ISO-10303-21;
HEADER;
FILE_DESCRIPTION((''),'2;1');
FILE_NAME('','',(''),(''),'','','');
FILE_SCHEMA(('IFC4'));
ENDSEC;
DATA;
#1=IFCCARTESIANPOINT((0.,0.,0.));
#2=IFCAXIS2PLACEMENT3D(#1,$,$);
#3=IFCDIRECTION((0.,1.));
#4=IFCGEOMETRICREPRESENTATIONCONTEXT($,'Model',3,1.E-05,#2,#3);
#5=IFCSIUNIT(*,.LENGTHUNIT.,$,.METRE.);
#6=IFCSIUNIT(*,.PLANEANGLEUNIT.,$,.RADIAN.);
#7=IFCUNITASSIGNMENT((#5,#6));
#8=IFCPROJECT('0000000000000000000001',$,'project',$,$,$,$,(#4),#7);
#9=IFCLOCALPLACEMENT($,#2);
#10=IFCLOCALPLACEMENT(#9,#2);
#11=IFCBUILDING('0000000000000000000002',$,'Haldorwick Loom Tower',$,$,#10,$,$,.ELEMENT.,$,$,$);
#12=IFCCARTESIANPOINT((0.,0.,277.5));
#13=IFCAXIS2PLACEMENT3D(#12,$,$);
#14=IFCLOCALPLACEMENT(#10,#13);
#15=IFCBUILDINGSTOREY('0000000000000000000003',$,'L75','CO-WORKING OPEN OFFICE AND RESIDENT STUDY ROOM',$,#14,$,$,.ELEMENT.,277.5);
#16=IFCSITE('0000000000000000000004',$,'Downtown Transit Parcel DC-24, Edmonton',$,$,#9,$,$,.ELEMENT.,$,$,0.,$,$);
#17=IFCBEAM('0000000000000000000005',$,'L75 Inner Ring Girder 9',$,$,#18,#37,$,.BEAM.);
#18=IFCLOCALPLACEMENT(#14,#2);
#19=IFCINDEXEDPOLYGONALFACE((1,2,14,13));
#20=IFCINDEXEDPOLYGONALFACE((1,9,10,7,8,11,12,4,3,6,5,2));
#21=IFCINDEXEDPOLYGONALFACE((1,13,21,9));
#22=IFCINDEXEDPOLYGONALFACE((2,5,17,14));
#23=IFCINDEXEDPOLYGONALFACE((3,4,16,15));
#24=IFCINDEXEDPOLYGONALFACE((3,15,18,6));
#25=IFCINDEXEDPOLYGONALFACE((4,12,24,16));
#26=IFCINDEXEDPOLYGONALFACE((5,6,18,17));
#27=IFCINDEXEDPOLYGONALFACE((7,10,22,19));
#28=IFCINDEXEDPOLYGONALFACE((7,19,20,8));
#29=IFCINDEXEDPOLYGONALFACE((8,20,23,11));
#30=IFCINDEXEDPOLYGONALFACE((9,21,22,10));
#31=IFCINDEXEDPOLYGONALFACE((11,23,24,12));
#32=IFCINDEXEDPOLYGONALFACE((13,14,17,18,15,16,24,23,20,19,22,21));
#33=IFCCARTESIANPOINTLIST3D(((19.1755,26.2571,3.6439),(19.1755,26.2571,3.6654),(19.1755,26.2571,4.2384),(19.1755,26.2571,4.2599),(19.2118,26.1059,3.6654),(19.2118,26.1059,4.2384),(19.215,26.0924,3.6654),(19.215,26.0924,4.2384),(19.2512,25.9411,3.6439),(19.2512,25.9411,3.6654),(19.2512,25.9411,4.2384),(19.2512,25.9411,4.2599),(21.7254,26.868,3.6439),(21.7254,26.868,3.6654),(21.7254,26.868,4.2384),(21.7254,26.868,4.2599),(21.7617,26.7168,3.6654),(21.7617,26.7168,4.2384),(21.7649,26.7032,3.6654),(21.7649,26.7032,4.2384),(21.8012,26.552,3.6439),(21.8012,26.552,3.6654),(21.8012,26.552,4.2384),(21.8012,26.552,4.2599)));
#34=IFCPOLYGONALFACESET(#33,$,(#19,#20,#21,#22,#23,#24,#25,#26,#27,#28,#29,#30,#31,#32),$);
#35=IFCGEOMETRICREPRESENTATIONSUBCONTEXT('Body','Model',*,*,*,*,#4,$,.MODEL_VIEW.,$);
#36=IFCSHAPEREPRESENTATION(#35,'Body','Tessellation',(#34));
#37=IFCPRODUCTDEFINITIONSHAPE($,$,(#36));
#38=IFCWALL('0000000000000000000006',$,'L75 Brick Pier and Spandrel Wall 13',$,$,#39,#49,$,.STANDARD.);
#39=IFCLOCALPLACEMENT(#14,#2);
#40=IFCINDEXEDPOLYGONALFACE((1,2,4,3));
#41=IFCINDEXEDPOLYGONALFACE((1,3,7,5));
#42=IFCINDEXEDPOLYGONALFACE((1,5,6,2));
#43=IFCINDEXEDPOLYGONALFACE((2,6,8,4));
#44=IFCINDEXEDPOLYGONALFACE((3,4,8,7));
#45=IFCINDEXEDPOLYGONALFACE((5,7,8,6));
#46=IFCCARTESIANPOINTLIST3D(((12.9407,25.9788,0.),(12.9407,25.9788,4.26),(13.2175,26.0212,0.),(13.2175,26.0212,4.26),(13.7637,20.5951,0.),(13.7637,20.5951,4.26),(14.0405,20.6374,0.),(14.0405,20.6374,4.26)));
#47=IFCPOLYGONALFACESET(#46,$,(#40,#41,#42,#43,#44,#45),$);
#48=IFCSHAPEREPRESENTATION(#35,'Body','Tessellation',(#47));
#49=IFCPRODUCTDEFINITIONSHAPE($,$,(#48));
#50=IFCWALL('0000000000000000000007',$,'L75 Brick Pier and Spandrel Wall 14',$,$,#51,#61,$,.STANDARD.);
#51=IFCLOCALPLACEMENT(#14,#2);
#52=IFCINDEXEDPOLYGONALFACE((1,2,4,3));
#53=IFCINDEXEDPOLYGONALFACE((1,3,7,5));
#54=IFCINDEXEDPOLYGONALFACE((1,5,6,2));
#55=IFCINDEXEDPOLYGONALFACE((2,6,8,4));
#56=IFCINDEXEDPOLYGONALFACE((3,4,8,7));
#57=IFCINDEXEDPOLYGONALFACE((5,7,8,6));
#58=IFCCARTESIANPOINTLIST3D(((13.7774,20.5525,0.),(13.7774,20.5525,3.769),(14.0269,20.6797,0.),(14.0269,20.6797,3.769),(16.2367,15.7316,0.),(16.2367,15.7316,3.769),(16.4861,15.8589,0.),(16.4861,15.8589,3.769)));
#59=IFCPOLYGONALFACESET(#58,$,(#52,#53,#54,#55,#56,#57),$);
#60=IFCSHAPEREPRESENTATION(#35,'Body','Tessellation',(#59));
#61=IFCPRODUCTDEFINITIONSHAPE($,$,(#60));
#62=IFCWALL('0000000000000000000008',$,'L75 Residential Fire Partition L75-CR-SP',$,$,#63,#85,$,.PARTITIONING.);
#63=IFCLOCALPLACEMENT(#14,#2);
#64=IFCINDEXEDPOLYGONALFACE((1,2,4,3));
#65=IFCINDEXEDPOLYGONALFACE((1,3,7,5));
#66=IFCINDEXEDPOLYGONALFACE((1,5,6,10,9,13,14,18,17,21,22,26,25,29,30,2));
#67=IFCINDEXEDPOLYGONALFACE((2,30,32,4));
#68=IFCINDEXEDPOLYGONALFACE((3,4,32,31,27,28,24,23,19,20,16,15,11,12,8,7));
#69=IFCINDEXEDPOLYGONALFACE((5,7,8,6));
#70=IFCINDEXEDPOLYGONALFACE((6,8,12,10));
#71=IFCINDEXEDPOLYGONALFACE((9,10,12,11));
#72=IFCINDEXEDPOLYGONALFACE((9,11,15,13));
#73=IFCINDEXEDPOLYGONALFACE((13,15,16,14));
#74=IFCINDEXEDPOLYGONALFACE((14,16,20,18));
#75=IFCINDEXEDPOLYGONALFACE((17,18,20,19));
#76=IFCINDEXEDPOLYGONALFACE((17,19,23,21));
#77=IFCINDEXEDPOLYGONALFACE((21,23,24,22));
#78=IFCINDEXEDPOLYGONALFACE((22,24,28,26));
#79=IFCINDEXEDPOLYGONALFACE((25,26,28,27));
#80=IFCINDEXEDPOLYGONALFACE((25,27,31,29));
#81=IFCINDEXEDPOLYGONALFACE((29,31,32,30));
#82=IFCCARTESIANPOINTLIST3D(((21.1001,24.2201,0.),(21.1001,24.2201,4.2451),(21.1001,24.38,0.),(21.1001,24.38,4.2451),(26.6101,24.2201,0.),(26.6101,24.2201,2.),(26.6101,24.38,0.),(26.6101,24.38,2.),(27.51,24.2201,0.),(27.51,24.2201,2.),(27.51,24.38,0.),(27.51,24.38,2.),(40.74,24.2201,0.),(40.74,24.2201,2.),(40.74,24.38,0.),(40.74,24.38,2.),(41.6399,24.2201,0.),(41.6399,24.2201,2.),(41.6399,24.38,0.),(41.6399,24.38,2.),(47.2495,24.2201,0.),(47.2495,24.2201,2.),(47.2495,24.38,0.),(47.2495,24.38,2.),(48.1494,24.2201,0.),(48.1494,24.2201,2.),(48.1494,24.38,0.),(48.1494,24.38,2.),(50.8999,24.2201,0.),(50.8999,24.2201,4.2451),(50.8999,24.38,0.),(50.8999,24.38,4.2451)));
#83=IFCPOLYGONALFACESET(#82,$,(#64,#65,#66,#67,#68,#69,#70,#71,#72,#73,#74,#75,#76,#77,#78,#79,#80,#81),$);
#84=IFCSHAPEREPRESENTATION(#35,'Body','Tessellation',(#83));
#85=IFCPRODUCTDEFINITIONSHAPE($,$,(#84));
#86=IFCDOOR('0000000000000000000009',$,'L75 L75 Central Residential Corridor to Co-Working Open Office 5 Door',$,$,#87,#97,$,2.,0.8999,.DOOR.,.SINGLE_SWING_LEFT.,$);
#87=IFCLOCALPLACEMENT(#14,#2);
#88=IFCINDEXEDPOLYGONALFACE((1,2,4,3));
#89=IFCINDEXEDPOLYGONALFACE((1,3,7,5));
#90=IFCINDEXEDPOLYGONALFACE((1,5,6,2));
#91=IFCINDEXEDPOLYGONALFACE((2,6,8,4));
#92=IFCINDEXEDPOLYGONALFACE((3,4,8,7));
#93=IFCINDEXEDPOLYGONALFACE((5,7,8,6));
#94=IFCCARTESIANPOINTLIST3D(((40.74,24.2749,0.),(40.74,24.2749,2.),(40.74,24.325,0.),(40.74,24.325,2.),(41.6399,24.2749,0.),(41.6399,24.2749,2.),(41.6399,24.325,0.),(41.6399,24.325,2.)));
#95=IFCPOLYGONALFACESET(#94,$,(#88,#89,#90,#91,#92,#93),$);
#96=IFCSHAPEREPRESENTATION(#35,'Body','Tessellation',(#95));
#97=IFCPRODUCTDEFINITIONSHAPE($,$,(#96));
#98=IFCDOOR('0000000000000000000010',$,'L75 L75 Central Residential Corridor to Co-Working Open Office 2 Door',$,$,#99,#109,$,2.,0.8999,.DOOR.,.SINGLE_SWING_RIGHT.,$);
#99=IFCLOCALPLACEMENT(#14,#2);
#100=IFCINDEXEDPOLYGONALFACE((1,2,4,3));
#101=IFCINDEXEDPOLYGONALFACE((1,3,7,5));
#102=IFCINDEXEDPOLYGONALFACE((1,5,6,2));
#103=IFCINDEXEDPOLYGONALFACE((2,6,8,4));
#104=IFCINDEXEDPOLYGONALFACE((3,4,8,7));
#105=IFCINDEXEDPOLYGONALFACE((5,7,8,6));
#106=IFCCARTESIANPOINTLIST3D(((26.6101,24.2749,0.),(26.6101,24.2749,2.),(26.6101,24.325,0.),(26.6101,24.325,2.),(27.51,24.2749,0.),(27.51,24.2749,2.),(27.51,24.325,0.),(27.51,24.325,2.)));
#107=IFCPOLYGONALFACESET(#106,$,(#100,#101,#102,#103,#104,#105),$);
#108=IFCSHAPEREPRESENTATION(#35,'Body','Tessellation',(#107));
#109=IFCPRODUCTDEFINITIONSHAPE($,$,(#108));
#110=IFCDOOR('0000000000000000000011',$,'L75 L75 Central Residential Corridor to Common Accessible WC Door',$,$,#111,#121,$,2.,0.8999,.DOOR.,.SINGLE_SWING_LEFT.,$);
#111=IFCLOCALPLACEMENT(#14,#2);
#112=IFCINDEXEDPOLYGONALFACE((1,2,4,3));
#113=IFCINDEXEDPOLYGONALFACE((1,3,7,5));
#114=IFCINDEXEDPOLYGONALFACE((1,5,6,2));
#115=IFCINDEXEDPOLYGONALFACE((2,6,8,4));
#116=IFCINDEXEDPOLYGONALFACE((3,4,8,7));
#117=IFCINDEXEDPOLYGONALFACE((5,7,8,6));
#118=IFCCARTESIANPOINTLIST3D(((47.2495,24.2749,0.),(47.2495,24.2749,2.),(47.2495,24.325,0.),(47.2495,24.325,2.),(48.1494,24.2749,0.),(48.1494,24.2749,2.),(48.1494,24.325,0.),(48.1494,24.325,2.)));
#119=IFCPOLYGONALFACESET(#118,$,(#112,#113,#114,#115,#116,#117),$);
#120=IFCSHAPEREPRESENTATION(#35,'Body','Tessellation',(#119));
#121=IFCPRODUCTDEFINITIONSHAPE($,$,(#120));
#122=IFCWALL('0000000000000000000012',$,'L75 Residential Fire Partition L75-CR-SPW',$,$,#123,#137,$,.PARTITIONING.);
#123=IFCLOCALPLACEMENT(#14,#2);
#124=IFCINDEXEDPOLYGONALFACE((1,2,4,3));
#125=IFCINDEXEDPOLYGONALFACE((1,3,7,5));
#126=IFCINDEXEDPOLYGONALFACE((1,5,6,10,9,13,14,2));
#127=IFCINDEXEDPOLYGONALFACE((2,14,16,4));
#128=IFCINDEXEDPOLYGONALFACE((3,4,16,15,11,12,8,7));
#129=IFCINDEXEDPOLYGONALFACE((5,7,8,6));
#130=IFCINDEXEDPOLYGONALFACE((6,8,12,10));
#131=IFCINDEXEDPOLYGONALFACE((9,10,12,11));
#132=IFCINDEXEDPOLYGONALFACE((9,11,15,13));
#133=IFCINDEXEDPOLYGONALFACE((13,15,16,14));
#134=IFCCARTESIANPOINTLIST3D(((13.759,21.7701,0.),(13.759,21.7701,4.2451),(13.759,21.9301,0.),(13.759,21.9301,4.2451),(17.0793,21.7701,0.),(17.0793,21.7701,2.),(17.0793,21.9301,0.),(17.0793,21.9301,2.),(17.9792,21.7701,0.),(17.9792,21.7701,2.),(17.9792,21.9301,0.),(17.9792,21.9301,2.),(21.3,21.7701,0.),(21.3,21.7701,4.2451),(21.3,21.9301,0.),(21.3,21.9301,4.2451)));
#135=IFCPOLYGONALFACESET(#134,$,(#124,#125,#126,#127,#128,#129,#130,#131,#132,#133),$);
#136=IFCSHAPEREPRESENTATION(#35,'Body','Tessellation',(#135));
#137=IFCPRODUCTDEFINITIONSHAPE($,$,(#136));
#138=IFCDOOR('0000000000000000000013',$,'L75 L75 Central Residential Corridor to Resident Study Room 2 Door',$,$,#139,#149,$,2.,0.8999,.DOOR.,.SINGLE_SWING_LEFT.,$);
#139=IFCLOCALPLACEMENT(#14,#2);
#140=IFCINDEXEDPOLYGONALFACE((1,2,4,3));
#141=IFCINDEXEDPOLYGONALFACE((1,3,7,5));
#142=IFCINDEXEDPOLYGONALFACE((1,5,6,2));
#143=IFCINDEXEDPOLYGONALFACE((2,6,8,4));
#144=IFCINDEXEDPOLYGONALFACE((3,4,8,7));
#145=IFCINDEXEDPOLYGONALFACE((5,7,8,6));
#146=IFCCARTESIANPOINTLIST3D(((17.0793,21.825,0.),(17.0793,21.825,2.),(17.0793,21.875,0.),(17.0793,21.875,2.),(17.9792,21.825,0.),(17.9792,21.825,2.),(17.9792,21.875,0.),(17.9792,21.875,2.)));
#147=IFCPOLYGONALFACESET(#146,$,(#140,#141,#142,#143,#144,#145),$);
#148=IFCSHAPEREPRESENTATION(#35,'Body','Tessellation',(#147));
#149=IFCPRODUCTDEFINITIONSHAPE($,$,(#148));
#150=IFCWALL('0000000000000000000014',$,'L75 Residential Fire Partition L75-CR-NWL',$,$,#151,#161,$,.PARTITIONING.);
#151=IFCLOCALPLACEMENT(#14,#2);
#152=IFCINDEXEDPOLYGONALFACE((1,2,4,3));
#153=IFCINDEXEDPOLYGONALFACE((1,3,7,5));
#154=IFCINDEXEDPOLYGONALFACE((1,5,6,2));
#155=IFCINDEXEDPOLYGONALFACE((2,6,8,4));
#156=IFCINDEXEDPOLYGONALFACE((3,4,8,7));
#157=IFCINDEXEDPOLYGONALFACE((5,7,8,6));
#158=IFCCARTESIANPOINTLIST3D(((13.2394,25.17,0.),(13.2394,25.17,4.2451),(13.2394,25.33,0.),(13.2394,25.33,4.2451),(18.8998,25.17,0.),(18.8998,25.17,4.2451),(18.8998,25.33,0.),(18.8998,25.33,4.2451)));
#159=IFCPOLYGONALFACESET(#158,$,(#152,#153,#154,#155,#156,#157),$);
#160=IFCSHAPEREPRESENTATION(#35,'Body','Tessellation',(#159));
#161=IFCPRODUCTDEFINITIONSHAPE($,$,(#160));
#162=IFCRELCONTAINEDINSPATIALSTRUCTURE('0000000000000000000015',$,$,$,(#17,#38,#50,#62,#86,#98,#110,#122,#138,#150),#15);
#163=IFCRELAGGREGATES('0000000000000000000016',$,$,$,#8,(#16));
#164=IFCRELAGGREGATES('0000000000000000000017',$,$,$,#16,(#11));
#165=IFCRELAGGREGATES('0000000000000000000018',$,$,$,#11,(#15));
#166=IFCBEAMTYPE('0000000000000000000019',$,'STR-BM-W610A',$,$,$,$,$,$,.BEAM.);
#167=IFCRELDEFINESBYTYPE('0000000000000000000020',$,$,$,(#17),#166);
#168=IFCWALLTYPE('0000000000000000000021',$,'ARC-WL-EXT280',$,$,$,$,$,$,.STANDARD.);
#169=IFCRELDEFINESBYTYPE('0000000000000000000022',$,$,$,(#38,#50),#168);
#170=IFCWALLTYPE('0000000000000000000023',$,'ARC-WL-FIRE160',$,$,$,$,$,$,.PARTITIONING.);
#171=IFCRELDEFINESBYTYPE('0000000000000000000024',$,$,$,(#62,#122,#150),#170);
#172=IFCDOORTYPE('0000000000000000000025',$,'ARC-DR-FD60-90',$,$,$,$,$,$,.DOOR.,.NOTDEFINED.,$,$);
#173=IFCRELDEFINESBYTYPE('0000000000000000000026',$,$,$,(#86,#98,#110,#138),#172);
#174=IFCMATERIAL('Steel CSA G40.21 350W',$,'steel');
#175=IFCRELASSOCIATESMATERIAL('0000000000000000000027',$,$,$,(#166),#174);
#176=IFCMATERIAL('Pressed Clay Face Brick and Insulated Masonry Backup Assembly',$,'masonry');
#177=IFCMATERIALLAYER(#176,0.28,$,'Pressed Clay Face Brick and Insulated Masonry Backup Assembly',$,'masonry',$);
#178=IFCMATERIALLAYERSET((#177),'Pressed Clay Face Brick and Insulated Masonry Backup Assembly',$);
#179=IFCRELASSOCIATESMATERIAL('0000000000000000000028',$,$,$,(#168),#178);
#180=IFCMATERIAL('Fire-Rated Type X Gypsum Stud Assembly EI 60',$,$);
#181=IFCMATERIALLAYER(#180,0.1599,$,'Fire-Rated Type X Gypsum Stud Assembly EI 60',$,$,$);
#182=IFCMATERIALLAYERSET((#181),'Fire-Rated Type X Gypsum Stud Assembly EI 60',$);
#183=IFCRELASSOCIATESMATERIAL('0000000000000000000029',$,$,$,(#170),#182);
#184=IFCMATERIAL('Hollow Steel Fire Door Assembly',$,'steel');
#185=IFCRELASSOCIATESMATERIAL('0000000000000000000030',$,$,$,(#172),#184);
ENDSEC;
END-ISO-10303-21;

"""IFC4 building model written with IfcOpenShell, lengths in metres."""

from ifc_helpers import new_model, si_unit, direction, frame, frame_2d, origin, origin_2d, place, context, subcontext, project, spatial, rectangle, i_section, extrude, material, layer, layer_set, material_profile, profile_set, type_object, element, fill, save


model = new_model("IFC4")

# Units and contexts
model_context = context("Model", 3, precision=1e-05, world=origin(), true_north=direction((0.0, 1.0)))
body_context = subcontext(model_context, "Body", "Model", "MODEL_VIEW")
ifc_project = project(units=[si_unit("LENGTHUNIT", "METRE"), si_unit("PLANEANGLEUNIT", "RADIAN")], contexts=[model_context])

# Site, building, storey
site_placement = place(None, origin())
site = spatial("IfcSite", under=ifc_project, at=site_placement, Name="Downtown Transit Parcel DC-24, Edmonton", CompositionType="ELEMENT", RefElevation=0.0)
building_placement = place(site_placement, origin())
building = spatial("IfcBuilding", under=site, at=building_placement, Name="Haldorwick Loom Tower", CompositionType="ELEMENT")
storey_placement = place(building_placement, frame((0.0, 0.0, 277.5)))
storey = spatial("IfcBuildingStorey", under=building, at=storey_placement, Name="L75", Description="CO-WORKING OPEN OFFICE AND RESIDENT STUDY ROOM", CompositionType="ELEMENT", Elevation=277.5)

# Beam
ifc_material_1 = material(Name="Steel CSA G40.21 350W", Category="steel")
ifc_material_profile_1 = material_profile(ifc_material_1, i_section(OverallWidth=0.325, OverallDepth=0.616, WebThickness=0.0139, FlangeThickness=0.0215, at=origin_2d()), Name="W610X174", Category="steel")
ifc_profile_set_1 = profile_set([ifc_material_profile_1], Name="Steel CSA G40.21 350W")
beam_type_1 = type_object("IfcBeamType", Name="STR-BM-W610A", PredefinedType="BEAM", material=ifc_profile_set_1)
beam_1_placement = place(storey_placement, frame((19.2134, 26.0991, 3.9519), z_axis=(0.972484, 0.232971, 0.0), x_axis=(-0.232971, 0.972484, 0.0)))
element("IfcBeam", 1, at=beam_1_placement, inside=storey, type_object=beam_type_1, Name="L75 Inner Ring Girder 9", PredefinedType="BEAM", context=body_context, shape_type="SweptSolid", body=[
    extrude(i_section(OverallWidth=0.325, OverallDepth=0.616, WebThickness=0.0139, FlangeThickness=0.0215, at=origin_2d()), origin(), (0.0, 0.0, 1.0), 2.6221),
])

# Walls
ifc_material_2 = material(Name="Pressed Clay Face Brick and Insulated Masonry Backup Assembly", Category="masonry")
ifc_layer_1 = layer(ifc_material_2, 0.28, Name="Pressed Clay Face Brick and Insulated Masonry Backup Assembly", Category="masonry")
ifc_layer_set_1 = layer_set([ifc_layer_1], Name="Pressed Clay Face Brick and Insulated Masonry Backup Assembly")
wall_type_1 = type_object("IfcWallType", Name="ARC-WL-EXT280", PredefinedType="STANDARD", material=ifc_layer_set_1)
wall_1_placement = place(storey_placement, frame((13.0791, 26.0, 0.0), z_axis=(0.0, 0.0, 1.0), x_axis=(0.151111, -0.988517, 0.0)))
element("IfcWall", 2, at=wall_1_placement, inside=storey, type_object=wall_type_1, Name="L75 Brick Pier and Spandrel Wall 13", PredefinedType="STANDARD", context=body_context, shape_type="SweptSolid", body=[
    extrude(rectangle(XDim=5.4463, YDim=0.28, at=frame_2d((2.7231, 0.0))), origin(), (0.0, 0.0, 1.0), 4.26),
])
wall_2_placement = place(storey_placement, frame((13.9021, 20.6162, 0.0), z_axis=(0.0, 0.0, 1.0), x_axis=(0.454417, -0.890789, 0.0)))
element("IfcWall", 3, at=wall_2_placement, inside=storey, type_object=wall_type_1, Name="L75 Brick Pier and Spandrel Wall 14", PredefinedType="STANDARD", context=body_context, shape_type="SweptSolid", body=[
    extrude(rectangle(XDim=5.4119, YDim=0.28, at=frame_2d((2.7061, 0.0))), origin(), (0.0, 0.0, 1.0), 3.769),
])

# Wall, openings, doors
ifc_material_3 = material(Name="Fire-Rated Type X Gypsum Stud Assembly EI 60")
ifc_layer_2 = layer(ifc_material_3, 0.1599, Name="Fire-Rated Type X Gypsum Stud Assembly EI 60")
ifc_layer_set_2 = layer_set([ifc_layer_2], Name="Fire-Rated Type X Gypsum Stud Assembly EI 60")
wall_type_2 = type_object("IfcWallType", Name="ARC-WL-FIRE160", PredefinedType="PARTITIONING", material=ifc_layer_set_2)
wall_3_placement = place(storey_placement, frame((21.1001, 24.3, 0.0), z_axis=(0.0, 0.0, 1.0), x_axis=(1.0, 0.0, 0.0)))
wall_3 = element("IfcWall", 4, at=wall_3_placement, inside=storey, type_object=wall_type_2, Name="L75 Residential Fire Partition L75-CR-SP", PredefinedType="PARTITIONING", context=body_context, shape_type="SweptSolid", body=[
    extrude(rectangle(XDim=29.7998, YDim=0.1599, at=frame_2d((14.8999, 0.0))), origin(), (0.0, 0.0, 1.0), 4.2451),
])
opening_1_placement = place(wall_3_placement, frame((19.6399, 0.0, 0.0)))
opening_1 = element("IfcOpeningElement", 5, at=opening_1_placement, cuts=wall_3, PredefinedType="OPENING", context=body_context, shape_type="SweptSolid", body=[
    extrude(rectangle(XDim=0.8999, YDim=2.0, at=frame_2d((0.45, 1.0))), frame((0.0, 0.0898, 0.0), z_axis=(0.0, -1.0, 0.0), x_axis=(1.0, 0.0, 0.0)), (0.0, 0.0, 1.0), 0.1799),
])
opening_2_placement = place(wall_3_placement, frame((5.51, 0.0, 0.0)))
opening_2 = element("IfcOpeningElement", 6, at=opening_2_placement, cuts=wall_3, PredefinedType="OPENING", context=body_context, shape_type="SweptSolid", body=[
    extrude(rectangle(XDim=0.8999, YDim=2.0, at=frame_2d((0.45, 1.0))), frame((0.0, 0.0898, 0.0), z_axis=(0.0, -1.0, 0.0), x_axis=(1.0, 0.0, 0.0)), (0.0, 0.0, 1.0), 0.1799),
])
opening_3_placement = place(wall_3_placement, frame((26.1494, 0.0, 0.0)))
opening_3 = element("IfcOpeningElement", 7, at=opening_3_placement, cuts=wall_3, PredefinedType="OPENING", context=body_context, shape_type="SweptSolid", body=[
    extrude(rectangle(XDim=0.8999, YDim=2.0, at=frame_2d((0.45, 1.0))), frame((0.0, 0.0898, 0.0), z_axis=(0.0, -1.0, 0.0), x_axis=(1.0, 0.0, 0.0)), (0.0, 0.0, 1.0), 0.1799),
])
ifc_material_4 = material(Name="Hollow Steel Fire Door Assembly", Category="steel")
door_type = type_object("IfcDoorType", Name="ARC-DR-FD60-90", OperationType="NOTDEFINED", PredefinedType="DOOR", material=ifc_material_4)
door_1_placement = place(opening_1_placement, origin())
door_1 = element("IfcDoor", 8, at=door_1_placement, inside=storey, type_object=door_type, Name="L75 L75 Central Residential Corridor to Co-Working Open Office 5 Door", OperationType="SINGLE_SWING_LEFT", OverallHeight=2.0, OverallWidth=0.8999, PredefinedType="DOOR", context=body_context, shape_type="SweptSolid", body=[
    extrude(rectangle(XDim=0.8999, YDim=2.0, at=frame_2d((0.45, 1.0))), frame((0.0, 0.0249, 0.0), z_axis=(0.0, -1.0, 0.0), x_axis=(1.0, 0.0, 0.0)), (0.0, 0.0, 1.0), 0.05),
])
fill(opening_1, door_1)
door_2_placement = place(opening_2_placement, origin())
door_2 = element("IfcDoor", 9, at=door_2_placement, inside=storey, type_object=door_type, Name="L75 L75 Central Residential Corridor to Co-Working Open Office 2 Door", OperationType="SINGLE_SWING_RIGHT", OverallHeight=2.0, OverallWidth=0.8999, PredefinedType="DOOR", context=body_context, shape_type="SweptSolid", body=[
    extrude(rectangle(XDim=0.8999, YDim=2.0, at=frame_2d((0.45, 1.0))), frame((0.0, 0.0249, 0.0), z_axis=(0.0, -1.0, 0.0), x_axis=(1.0, 0.0, 0.0)), (0.0, 0.0, 1.0), 0.05),
])
fill(opening_2, door_2)
door_3_placement = place(opening_3_placement, origin())
door_3 = element("IfcDoor", 10, at=door_3_placement, inside=storey, type_object=door_type, Name="L75 L75 Central Residential Corridor to Common Accessible WC Door", OperationType="SINGLE_SWING_LEFT", OverallHeight=2.0, OverallWidth=0.8999, PredefinedType="DOOR", context=body_context, shape_type="SweptSolid", body=[
    extrude(rectangle(XDim=0.8999, YDim=2.0, at=frame_2d((0.45, 1.0))), frame((0.0, 0.0249, 0.0), z_axis=(0.0, -1.0, 0.0), x_axis=(1.0, 0.0, 0.0)), (0.0, 0.0, 1.0), 0.05),
])
fill(opening_3, door_3)

# Wall, opening, door
wall_4_placement = place(storey_placement, frame((13.759, 21.8501, 0.0), z_axis=(0.0, 0.0, 1.0), x_axis=(1.0, 0.0, 0.0)))
wall_4 = element("IfcWall", 11, at=wall_4_placement, inside=storey, type_object=wall_type_2, Name="L75 Residential Fire Partition L75-CR-SPW", PredefinedType="PARTITIONING", context=body_context, shape_type="SweptSolid", body=[
    extrude(rectangle(XDim=7.541, YDim=0.1599, at=frame_2d((3.7705, 0.0))), origin(), (0.0, 0.0, 1.0), 4.2451),
])
opening_4_placement = place(wall_4_placement, frame((3.3203, 0.0, 0.0)))
opening_4 = element("IfcOpeningElement", 12, at=opening_4_placement, cuts=wall_4, PredefinedType="OPENING", context=body_context, shape_type="SweptSolid", body=[
    extrude(rectangle(XDim=0.8999, YDim=2.0, at=frame_2d((0.45, 1.0))), frame((0.0, 0.0898, 0.0), z_axis=(0.0, -1.0, 0.0), x_axis=(1.0, 0.0, 0.0)), (0.0, 0.0, 1.0), 0.1799),
])
door_4_placement = place(opening_4_placement, origin())
door_4 = element("IfcDoor", 13, at=door_4_placement, inside=storey, type_object=door_type, Name="L75 L75 Central Residential Corridor to Resident Study Room 2 Door", OperationType="SINGLE_SWING_LEFT", OverallHeight=2.0, OverallWidth=0.8999, PredefinedType="DOOR", context=body_context, shape_type="SweptSolid", body=[
    extrude(rectangle(XDim=0.8999, YDim=2.0, at=frame_2d((0.45, 1.0))), frame((0.0, 0.0249, 0.0), z_axis=(0.0, -1.0, 0.0), x_axis=(1.0, 0.0, 0.0)), (0.0, 0.0, 1.0), 0.05),
])
fill(opening_4, door_4)

# Wall
wall_5_placement = place(storey_placement, frame((13.2395, 25.25, 0.0), z_axis=(0.0, 0.0, 1.0), x_axis=(1.0, 0.0, 0.0)))
element("IfcWall", 14, at=wall_5_placement, inside=storey, type_object=wall_type_2, Name="L75 Residential Fire Partition L75-CR-NWL", PredefinedType="PARTITIONING", context=body_context, shape_type="SweptSolid", body=[
    extrude(rectangle(XDim=5.6604, YDim=0.1599, at=frame_2d((2.8301, 0.0))), origin(), (0.0, 0.0, 1.0), 4.2451),
])

save(model, "model.ifc")
